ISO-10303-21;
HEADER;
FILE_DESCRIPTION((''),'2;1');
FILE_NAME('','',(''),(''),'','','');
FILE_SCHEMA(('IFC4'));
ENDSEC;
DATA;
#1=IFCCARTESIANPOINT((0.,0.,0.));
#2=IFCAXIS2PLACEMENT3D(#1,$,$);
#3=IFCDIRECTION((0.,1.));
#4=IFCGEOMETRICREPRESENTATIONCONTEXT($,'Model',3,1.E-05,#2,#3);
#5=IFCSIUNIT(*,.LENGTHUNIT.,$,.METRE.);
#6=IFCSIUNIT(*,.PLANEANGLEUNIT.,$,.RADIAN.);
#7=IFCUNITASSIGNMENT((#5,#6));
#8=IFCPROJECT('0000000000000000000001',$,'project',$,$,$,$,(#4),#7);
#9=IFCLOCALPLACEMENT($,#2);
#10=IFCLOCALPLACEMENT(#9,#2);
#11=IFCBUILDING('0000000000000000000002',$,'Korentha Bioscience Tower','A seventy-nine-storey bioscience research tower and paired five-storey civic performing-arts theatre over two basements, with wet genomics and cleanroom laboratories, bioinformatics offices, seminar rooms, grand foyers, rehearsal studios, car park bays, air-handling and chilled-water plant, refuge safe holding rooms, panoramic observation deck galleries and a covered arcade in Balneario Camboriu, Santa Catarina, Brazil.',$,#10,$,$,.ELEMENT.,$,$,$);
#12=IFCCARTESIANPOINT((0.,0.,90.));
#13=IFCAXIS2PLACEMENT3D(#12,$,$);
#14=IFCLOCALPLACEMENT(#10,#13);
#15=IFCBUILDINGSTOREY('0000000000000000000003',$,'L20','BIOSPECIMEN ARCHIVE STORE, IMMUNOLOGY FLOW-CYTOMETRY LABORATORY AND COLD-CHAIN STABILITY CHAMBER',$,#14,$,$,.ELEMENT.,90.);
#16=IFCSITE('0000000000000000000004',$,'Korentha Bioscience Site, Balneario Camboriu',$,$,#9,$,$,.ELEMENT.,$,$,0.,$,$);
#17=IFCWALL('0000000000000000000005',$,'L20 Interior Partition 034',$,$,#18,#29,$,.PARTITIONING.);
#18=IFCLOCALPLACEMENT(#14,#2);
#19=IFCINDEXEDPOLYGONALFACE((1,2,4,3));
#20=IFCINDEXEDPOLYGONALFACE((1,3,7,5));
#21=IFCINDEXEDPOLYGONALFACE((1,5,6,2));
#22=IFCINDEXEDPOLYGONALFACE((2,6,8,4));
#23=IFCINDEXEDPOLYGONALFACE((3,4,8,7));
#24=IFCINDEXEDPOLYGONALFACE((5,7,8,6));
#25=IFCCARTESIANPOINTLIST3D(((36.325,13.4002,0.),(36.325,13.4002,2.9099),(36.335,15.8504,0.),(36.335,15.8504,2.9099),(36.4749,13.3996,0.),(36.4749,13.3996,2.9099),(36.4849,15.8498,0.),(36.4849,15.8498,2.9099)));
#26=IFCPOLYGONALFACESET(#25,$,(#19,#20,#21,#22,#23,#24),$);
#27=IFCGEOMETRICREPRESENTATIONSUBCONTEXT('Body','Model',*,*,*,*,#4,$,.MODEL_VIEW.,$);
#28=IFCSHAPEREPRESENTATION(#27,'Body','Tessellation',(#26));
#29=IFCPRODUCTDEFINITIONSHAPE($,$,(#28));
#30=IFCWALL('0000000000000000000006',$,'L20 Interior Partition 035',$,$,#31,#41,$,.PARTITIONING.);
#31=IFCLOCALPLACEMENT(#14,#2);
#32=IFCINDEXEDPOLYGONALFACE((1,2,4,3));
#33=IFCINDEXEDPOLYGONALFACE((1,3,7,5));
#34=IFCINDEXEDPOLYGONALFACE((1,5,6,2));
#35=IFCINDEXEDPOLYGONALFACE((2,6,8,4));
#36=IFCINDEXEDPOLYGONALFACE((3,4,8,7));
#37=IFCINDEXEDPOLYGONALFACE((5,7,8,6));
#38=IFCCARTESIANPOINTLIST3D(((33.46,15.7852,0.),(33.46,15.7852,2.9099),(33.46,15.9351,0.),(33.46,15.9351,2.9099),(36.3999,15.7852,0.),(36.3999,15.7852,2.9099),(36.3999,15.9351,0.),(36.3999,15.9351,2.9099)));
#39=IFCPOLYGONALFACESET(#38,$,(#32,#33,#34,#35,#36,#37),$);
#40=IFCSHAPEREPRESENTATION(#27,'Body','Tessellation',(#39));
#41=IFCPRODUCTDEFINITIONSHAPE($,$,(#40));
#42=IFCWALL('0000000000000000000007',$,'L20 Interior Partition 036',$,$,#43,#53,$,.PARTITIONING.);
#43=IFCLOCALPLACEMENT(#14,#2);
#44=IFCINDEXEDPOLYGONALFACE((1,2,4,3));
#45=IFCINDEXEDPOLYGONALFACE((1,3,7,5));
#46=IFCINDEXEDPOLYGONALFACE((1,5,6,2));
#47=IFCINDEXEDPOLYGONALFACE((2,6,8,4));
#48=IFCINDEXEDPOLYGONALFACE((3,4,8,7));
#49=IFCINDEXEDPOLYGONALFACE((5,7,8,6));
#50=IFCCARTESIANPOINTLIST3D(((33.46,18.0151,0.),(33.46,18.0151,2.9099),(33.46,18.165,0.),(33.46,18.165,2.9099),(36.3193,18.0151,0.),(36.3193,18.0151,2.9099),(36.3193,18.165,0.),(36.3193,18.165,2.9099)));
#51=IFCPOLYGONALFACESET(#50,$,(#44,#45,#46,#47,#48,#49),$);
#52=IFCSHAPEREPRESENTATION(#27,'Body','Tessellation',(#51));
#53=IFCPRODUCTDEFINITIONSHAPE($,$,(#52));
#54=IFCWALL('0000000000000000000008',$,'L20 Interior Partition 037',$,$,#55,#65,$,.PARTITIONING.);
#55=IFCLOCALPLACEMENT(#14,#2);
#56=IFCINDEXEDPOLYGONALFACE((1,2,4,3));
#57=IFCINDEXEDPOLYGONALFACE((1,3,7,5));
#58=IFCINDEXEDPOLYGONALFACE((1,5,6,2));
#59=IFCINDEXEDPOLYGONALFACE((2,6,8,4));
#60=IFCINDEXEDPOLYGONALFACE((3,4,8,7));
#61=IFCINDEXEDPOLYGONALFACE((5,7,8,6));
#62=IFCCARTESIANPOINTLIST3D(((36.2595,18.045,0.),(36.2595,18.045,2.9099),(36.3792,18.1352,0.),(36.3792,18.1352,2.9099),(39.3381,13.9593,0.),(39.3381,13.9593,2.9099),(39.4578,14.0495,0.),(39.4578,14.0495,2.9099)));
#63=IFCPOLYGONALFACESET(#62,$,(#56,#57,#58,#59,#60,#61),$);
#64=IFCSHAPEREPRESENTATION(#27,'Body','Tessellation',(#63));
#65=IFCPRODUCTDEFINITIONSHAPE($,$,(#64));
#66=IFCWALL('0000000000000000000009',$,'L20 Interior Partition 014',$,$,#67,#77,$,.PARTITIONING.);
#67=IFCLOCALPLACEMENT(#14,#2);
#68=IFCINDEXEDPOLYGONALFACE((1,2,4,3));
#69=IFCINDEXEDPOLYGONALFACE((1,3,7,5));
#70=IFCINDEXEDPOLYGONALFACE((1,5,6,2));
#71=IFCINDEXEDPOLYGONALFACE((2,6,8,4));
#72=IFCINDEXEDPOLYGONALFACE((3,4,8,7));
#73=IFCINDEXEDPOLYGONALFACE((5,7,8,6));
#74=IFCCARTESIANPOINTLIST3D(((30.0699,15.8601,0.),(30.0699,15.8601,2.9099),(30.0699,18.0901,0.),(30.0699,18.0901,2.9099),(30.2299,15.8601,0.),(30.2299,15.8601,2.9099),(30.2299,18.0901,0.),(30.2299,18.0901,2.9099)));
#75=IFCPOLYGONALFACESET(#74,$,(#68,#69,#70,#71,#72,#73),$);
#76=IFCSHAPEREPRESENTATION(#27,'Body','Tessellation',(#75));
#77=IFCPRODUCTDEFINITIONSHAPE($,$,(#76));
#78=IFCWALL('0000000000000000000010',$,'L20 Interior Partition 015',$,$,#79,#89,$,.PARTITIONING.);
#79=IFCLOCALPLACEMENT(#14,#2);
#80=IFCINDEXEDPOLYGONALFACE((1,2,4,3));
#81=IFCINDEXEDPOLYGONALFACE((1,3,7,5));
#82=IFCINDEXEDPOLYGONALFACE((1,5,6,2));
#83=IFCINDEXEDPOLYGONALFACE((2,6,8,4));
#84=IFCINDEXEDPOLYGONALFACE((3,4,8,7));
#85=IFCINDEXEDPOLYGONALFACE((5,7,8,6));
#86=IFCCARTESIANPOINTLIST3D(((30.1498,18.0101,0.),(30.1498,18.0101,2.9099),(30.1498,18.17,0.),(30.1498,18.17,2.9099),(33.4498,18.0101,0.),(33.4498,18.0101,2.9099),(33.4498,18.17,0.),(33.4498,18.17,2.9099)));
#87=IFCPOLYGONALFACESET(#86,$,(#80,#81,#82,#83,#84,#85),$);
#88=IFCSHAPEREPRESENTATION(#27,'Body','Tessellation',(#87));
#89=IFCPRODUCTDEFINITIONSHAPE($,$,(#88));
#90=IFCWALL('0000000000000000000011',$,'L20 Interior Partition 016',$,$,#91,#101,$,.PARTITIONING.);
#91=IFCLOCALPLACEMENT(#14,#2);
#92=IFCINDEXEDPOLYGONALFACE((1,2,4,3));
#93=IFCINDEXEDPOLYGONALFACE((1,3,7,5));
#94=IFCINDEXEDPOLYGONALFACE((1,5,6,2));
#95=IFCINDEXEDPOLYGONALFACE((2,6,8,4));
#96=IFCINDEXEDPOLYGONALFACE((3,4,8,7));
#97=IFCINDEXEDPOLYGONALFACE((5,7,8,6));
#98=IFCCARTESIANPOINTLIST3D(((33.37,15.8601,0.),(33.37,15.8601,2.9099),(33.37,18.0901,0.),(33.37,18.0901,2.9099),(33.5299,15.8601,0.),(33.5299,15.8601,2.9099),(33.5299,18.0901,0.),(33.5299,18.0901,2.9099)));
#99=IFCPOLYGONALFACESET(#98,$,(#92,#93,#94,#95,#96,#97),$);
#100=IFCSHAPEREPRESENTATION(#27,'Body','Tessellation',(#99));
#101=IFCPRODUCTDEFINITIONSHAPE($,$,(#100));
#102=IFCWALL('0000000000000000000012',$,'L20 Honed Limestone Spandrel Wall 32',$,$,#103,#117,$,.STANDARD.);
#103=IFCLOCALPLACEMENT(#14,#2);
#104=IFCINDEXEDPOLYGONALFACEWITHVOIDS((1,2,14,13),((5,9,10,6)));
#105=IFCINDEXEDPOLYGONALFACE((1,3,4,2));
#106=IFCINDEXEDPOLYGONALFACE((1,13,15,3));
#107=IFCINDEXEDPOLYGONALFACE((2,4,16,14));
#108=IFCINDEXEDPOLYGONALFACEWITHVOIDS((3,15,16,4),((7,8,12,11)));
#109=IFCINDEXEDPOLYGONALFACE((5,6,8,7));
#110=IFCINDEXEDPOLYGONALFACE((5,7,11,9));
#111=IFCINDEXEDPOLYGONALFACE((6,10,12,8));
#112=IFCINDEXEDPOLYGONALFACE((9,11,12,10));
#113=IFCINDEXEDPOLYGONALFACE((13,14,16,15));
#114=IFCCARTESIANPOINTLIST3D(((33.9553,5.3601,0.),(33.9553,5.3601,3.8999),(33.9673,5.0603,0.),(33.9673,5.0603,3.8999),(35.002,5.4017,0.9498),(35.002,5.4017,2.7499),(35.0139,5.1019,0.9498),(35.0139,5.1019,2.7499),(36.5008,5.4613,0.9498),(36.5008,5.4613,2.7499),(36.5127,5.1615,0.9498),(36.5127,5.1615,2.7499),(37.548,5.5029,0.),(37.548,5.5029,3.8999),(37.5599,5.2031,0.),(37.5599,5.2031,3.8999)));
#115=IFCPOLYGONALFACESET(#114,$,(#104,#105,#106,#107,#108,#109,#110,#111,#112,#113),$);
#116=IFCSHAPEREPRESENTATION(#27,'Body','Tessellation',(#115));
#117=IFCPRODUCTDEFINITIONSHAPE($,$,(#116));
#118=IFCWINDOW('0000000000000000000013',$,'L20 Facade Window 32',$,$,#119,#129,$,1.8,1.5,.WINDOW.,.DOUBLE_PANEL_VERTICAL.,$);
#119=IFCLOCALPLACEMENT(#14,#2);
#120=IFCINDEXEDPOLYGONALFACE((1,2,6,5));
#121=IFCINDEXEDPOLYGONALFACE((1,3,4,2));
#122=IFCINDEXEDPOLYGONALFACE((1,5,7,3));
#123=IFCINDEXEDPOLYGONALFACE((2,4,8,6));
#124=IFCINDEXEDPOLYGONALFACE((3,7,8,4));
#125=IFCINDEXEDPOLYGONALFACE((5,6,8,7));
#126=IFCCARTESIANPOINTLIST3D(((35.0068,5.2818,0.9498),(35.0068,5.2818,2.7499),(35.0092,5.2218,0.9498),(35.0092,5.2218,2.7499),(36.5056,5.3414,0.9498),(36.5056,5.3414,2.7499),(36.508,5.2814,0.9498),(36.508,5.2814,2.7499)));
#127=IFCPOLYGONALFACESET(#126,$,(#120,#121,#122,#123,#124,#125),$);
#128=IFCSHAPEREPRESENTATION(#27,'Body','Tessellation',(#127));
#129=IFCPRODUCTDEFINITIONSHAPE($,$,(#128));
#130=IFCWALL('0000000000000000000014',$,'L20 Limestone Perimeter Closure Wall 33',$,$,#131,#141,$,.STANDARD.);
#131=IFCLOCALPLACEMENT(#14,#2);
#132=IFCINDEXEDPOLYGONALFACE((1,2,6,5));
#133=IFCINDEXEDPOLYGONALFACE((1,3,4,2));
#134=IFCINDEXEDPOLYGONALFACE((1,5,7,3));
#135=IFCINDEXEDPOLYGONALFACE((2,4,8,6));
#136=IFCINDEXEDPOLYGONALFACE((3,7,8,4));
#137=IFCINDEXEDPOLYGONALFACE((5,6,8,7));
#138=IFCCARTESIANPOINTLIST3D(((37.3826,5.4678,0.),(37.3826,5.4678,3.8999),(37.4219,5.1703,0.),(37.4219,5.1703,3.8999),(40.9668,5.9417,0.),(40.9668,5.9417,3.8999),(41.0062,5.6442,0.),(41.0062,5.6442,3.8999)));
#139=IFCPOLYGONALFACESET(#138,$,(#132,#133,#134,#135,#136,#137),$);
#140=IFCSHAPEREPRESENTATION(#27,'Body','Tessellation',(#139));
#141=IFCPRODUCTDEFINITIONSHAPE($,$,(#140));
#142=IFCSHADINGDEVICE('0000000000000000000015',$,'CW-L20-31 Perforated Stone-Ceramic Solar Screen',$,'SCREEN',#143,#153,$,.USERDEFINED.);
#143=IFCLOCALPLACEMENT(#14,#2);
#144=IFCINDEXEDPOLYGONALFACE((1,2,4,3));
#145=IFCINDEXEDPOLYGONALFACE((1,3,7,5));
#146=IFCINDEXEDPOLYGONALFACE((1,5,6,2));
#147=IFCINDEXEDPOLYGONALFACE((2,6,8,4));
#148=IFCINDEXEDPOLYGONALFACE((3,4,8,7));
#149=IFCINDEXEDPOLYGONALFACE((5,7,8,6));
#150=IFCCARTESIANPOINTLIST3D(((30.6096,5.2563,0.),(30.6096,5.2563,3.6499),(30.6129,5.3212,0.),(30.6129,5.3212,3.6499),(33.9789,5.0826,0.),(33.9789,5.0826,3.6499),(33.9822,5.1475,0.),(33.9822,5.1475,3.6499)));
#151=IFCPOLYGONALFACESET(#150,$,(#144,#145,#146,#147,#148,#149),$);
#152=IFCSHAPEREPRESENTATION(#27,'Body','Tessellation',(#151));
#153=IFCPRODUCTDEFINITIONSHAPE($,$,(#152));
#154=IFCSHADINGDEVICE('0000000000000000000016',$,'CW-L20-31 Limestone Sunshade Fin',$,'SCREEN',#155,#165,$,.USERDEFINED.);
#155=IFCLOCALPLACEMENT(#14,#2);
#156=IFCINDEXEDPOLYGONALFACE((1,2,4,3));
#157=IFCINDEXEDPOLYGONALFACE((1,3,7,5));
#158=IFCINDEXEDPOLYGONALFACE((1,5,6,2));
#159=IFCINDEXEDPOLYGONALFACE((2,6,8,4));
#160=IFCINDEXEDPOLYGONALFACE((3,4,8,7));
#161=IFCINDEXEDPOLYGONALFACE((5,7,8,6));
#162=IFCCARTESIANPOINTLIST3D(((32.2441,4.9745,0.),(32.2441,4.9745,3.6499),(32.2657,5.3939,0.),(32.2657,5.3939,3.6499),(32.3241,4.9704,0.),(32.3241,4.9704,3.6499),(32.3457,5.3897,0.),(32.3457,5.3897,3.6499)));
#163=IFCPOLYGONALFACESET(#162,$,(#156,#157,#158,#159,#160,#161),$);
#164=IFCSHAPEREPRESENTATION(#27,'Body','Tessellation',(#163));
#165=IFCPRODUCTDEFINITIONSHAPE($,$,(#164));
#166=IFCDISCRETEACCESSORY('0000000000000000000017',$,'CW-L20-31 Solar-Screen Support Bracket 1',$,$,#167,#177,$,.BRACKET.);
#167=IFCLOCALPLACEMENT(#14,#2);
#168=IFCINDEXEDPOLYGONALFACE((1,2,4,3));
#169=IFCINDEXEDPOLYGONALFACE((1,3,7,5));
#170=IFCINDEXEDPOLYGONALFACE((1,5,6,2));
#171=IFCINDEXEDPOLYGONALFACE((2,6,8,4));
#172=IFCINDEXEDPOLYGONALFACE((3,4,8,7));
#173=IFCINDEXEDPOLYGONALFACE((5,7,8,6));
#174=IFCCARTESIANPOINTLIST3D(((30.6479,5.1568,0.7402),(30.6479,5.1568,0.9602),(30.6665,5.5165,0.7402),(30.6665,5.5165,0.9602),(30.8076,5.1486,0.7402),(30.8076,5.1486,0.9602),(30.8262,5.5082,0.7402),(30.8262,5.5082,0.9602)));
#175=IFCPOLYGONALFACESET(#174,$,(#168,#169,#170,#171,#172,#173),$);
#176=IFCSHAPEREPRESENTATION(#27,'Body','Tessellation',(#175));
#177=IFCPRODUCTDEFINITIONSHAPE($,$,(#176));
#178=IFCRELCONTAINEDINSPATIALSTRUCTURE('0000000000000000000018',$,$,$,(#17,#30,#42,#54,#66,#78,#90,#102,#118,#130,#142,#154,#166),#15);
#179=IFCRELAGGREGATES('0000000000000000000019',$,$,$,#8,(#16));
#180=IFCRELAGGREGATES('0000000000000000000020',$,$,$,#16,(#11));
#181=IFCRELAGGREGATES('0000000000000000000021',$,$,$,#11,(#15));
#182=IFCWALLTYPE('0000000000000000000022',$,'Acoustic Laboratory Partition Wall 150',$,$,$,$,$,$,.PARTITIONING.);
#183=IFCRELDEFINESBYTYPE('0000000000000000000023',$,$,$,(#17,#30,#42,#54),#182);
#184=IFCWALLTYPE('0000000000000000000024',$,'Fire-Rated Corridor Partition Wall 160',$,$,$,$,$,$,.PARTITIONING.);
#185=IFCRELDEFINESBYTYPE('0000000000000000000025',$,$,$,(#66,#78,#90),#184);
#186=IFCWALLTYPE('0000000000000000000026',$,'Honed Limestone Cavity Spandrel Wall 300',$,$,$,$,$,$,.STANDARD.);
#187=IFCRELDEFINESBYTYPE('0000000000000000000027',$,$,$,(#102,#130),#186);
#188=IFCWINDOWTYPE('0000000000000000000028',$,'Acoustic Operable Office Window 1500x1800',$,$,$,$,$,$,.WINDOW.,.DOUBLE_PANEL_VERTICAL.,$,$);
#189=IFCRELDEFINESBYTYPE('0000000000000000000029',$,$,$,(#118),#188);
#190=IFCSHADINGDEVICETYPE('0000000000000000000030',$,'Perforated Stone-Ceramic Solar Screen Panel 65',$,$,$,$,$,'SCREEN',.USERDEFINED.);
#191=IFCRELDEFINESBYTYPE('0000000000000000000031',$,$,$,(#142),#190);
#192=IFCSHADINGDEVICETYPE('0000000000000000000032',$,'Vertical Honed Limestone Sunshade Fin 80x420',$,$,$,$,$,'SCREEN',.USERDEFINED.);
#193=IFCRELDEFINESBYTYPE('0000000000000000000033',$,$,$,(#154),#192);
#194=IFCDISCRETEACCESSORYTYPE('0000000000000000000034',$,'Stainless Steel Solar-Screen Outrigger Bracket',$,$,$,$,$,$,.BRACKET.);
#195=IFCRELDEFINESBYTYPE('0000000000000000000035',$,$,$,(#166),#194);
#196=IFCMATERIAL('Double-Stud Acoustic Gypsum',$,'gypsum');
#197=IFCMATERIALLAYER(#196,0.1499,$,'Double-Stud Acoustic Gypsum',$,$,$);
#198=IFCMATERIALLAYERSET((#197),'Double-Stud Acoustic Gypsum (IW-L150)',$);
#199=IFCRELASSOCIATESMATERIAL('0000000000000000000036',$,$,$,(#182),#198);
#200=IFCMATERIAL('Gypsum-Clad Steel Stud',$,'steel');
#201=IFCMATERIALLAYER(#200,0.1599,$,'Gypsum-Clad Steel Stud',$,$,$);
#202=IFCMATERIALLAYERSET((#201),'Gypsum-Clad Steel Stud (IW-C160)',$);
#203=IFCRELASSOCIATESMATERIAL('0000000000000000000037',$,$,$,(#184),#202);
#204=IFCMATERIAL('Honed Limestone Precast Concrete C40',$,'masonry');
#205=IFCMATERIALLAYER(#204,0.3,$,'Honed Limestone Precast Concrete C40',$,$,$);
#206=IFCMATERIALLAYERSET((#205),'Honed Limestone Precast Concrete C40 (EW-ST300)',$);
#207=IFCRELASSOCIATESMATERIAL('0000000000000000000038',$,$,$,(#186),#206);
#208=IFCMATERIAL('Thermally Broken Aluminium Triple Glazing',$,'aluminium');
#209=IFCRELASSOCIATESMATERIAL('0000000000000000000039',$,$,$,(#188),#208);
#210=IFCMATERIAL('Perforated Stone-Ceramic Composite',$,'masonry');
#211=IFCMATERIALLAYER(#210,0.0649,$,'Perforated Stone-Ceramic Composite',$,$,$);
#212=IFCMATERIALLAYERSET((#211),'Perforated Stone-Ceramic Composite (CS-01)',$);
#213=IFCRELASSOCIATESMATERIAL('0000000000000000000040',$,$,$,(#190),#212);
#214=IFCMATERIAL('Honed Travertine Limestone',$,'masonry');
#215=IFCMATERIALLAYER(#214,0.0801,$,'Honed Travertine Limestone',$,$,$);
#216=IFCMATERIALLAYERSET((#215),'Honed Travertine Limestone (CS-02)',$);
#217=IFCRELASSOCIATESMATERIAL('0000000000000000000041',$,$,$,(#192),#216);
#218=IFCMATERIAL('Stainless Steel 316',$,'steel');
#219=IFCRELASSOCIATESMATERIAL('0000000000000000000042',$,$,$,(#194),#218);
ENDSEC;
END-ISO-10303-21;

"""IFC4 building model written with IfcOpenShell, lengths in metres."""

from ifc_helpers import new_model, si_unit, direction, frame, frame_2d, origin, origin_2d, place, context, subcontext, project, spatial, rectangle, extrude, material, layer, layer_set, type_object, element, fill, save


model = new_model("IFC4")

# Units and contexts
model_context = context("Model", 3, precision=1e-05, world=origin(), true_north=direction((0.0, 1.0)))
body_context = subcontext(model_context, "Body", "Model", "MODEL_VIEW")
ifc_project = project(units=[si_unit("LENGTHUNIT", "METRE"), si_unit("PLANEANGLEUNIT", "RADIAN")], contexts=[model_context])

# Site, building, storey
site_placement = place(None, origin())
site = spatial("IfcSite", under=ifc_project, at=site_placement, Name="Korentha Bioscience Site, Balneario Camboriu", CompositionType="ELEMENT", RefElevation=0.0)
building_placement = place(site_placement, origin())
building = spatial("IfcBuilding", under=site, at=building_placement, Name="Korentha Bioscience Tower", Description="A seventy-nine-storey bioscience research tower and paired five-storey civic performing-arts theatre over two basements, with wet genomics and cleanroom laboratories, bioinformatics offices, seminar rooms, grand foyers, rehearsal studios, car park bays, air-handling and chilled-water plant, refuge safe holding rooms, panoramic observation deck galleries and a covered arcade in Balneario Camboriu, Santa Catarina, Brazil.", CompositionType="ELEMENT")
storey_placement = place(building_placement, frame((0.0, 0.0, 90.0)))
storey = spatial("IfcBuildingStorey", under=building, at=storey_placement, Name="L20", Description="BIOSPECIMEN ARCHIVE STORE, IMMUNOLOGY FLOW-CYTOMETRY LABORATORY AND COLD-CHAIN STABILITY CHAMBER", CompositionType="ELEMENT", Elevation=90.0)

# Walls
ifc_material_1 = material(Name="Double-Stud Acoustic Gypsum", Category="gypsum")
ifc_layer_1 = layer(ifc_material_1, 0.1499, Name="Double-Stud Acoustic Gypsum")
ifc_layer_set_1 = layer_set([ifc_layer_1], Name="Double-Stud Acoustic Gypsum (IW-L150)")
wall_type_1 = type_object("IfcWallType", Name="Acoustic Laboratory Partition Wall 150", PredefinedType="PARTITIONING", material=ifc_layer_set_1)
wall_1_placement = place(storey_placement, frame((36.3999, 13.3999, 0.0), z_axis=(0.0, 0.0, 1.0), x_axis=(0.004085, 0.999992, 0.0)))
element("IfcWall", 1, at=wall_1_placement, inside=storey, type_object=wall_type_1, Name="L20 Interior Partition 034", PredefinedType="PARTITIONING", context=body_context, shape_type="SweptSolid", body=[
    extrude(rectangle(XDim=2.4502, YDim=0.1499, at=frame_2d((1.2251, 0.0))), origin(), (0.0, 0.0, 1.0), 2.9099),
])
wall_2_placement = place(storey_placement, frame((36.3999, 15.8601, 0.0), z_axis=(0.0, 0.0, 1.0), x_axis=(-1.0, 0.0, 0.0)))
element("IfcWall", 2, at=wall_2_placement, inside=storey, type_object=wall_type_1, Name="L20 Interior Partition 035", PredefinedType="PARTITIONING", context=body_context, shape_type="SweptSolid", body=[
    extrude(rectangle(XDim=2.9399, YDim=0.1499, at=frame_2d((1.47, 0.0))), origin(), (0.0, 0.0, 1.0), 2.9099),
])
wall_3_placement = place(storey_placement, frame((33.46, 18.0901, 0.0), z_axis=(0.0, 0.0, 1.0), x_axis=(1.0, 0.0, 0.0)))
element("IfcWall", 3, at=wall_3_placement, inside=storey, type_object=wall_type_1, Name="L20 Interior Partition 036", PredefinedType="PARTITIONING", context=body_context, shape_type="SweptSolid", body=[
    extrude(rectangle(XDim=2.8594, YDim=0.1499, at=frame_2d((1.4297, 0.0))), origin(), (0.0, 0.0, 1.0), 2.9099),
])
wall_4_placement = place(storey_placement, frame((36.3193, 18.0901, 0.0), z_axis=(0.0, 0.0, 1.0), x_axis=(0.601793, -0.798652, 0.0)))
element("IfcWall", 4, at=wall_4_placement, inside=storey, type_object=wall_type_1, Name="L20 Interior Partition 037", PredefinedType="PARTITIONING", context=body_context, shape_type="SweptSolid", body=[
    extrude(rectangle(XDim=5.1157, YDim=0.1499, at=frame_2d((2.5579, 0.0))), origin(), (0.0, 0.0, 1.0), 2.9099),
])

# Shared definitions
ifc_material_2 = material(Name="Gypsum-Clad Steel Stud", Category="steel")
ifc_layer_2 = layer(ifc_material_2, 0.1599, Name="Gypsum-Clad Steel Stud")
ifc_layer_set_2 = layer_set([ifc_layer_2], Name="Gypsum-Clad Steel Stud (IW-C160)")
wall_type_2 = type_object("IfcWallType", Name="Fire-Rated Corridor Partition Wall 160", PredefinedType="PARTITIONING", material=ifc_layer_set_2)

# Walls
wall_5_placement = place(storey_placement, frame((30.1499, 15.8601, 0.0), z_axis=(0.0, 0.0, 1.0), x_axis=(0.0, 1.0, 0.0)))
element("IfcWall", 5, at=wall_5_placement, inside=storey, type_object=wall_type_2, Name="L20 Interior Partition 014", PredefinedType="PARTITIONING", context=body_context, shape_type="SweptSolid", body=[
    extrude(rectangle(XDim=2.23, YDim=0.1599, at=frame_2d((1.115, 0.0))), origin(), (0.0, 0.0, 1.0), 2.9099),
])
wall_6_placement = place(storey_placement, frame((30.1499, 18.0901, 0.0), z_axis=(0.0, 0.0, 1.0), x_axis=(1.0, 0.0, 0.0)))
element("IfcWall", 6, at=wall_6_placement, inside=storey, type_object=wall_type_2, Name="L20 Interior Partition 015", PredefinedType="PARTITIONING", context=body_context, shape_type="SweptSolid", body=[
    extrude(rectangle(XDim=3.3, YDim=0.1599, at=frame_2d((1.6499, 0.0))), origin(), (0.0, 0.0, 1.0), 2.9099),
])
wall_7_placement = place(storey_placement, frame((33.45, 18.0901, 0.0), z_axis=(0.0, 0.0, 1.0), x_axis=(0.0, -1.0, 0.0)))
element("IfcWall", 7, at=wall_7_placement, inside=storey, type_object=wall_type_2, Name="L20 Interior Partition 016", PredefinedType="PARTITIONING", context=body_context, shape_type="SweptSolid", body=[
    extrude(rectangle(XDim=2.23, YDim=0.1599, at=frame_2d((1.115, 0.0))), origin(), (0.0, 0.0, 1.0), 2.9099),
])

# Wall, opening, window
ifc_material_3 = material(Name="Honed Limestone Precast Concrete C40", Category="masonry")
ifc_layer_3 = layer(ifc_material_3, 0.3, Name="Honed Limestone Precast Concrete C40")
ifc_layer_set_3 = layer_set([ifc_layer_3], Name="Honed Limestone Precast Concrete C40 (EW-ST300)")
wall_type_3 = type_object("IfcWallType", Name="Honed Limestone Cavity Spandrel Wall 300", PredefinedType="STANDARD", material=ifc_layer_set_3)
wall_8_placement = place(storey_placement, frame((33.9612, 5.2102, 0.0), z_axis=(0.0, 0.0, 1.0), x_axis=(0.999211, 0.039724, 0.0)))
wall_8 = element("IfcWall", 8, at=wall_8_placement, inside=storey, type_object=wall_type_3, Name="L20 Honed Limestone Spandrel Wall 32", PredefinedType="STANDARD", context=body_context, shape_type="SweptSolid", body=[
    extrude(rectangle(XDim=3.5955, YDim=0.3, at=frame_2d((1.7979, 0.0))), origin(), (0.0, 0.0, 1.0), 3.8999),
])
opening_1_placement = place(wall_8_placement, frame((1.0476, 0.0, 0.95)))
opening_1 = element("IfcOpeningElement", 9, at=opening_1_placement, cuts=wall_8, PredefinedType="OPENING", context=body_context, shape_type="SweptSolid", body=[
    extrude(rectangle(XDim=1.5, YDim=1.8, at=frame_2d((0.75, 0.8999))), frame((0.0, 0.165, 0.0), z_axis=(0.0, -1.0, 0.0), x_axis=(1.0, 0.0, 0.0)), (0.0, 0.0, 1.0), 0.3298),
])
ifc_material_4 = material(Name="Thermally Broken Aluminium Triple Glazing", Category="aluminium")
window_type = type_object("IfcWindowType", Name="Acoustic Operable Office Window 1500x1800", PartitioningType="DOUBLE_PANEL_VERTICAL", PredefinedType="WINDOW", material=ifc_material_4)
window_placement = place(opening_1_placement, origin())
window = element("IfcWindow", 10, at=window_placement, inside=storey, type_object=window_type, Name="L20 Facade Window 32", OverallHeight=1.8, OverallWidth=1.5, PartitioningType="DOUBLE_PANEL_VERTICAL", PredefinedType="WINDOW", context=body_context, shape_type="SweptSolid", body=[
    extrude(rectangle(XDim=1.5, YDim=1.8, at=frame_2d((0.75, 0.8999))), frame((0.0, 0.03, 0.0), z_axis=(0.0, -1.0, 0.0), x_axis=(1.0, 0.0, 0.0)), (0.0, 0.0, 1.0), 0.0601),
])
fill(opening_1, window)

# Wall
wall_9_placement = place(storey_placement, frame((37.4023, 5.3191, 0.0), z_axis=(0.0, 0.0, 1.0), x_axis=(0.991373, 0.131071, 0.0)))
element("IfcWall", 11, at=wall_9_placement, inside=storey, type_object=wall_type_3, Name="L20 Limestone Perimeter Closure Wall 33", PredefinedType="STANDARD", context=body_context, shape_type="SweptSolid", body=[
    extrude(rectangle(XDim=3.6155, YDim=0.3, at=frame_2d((1.8076, 0.0))), origin(), (0.0, 0.0, 1.0), 3.8999),
])

# Shading devices
ifc_material_5 = material(Name="Perforated Stone-Ceramic Composite", Category="masonry")
ifc_layer_4 = layer(ifc_material_5, 0.0649, Name="Perforated Stone-Ceramic Composite")
ifc_layer_set_4 = layer_set([ifc_layer_4], Name="Perforated Stone-Ceramic Composite (CS-01)")
shading_device_type_1 = type_object("IfcShadingDeviceType", Name="Perforated Stone-Ceramic Solar Screen Panel 65", ElementType="SCREEN", PredefinedType="USERDEFINED", material=ifc_layer_set_4)
shading_device_1_placement = place(storey_placement, frame((32.2959, 5.2019, 0.0), z_axis=(0.0, 0.0, 1.0), x_axis=(0.998673, -0.051495, 0.0)))
element("IfcShadingDevice", 12, at=shading_device_1_placement, inside=storey, type_object=shading_device_type_1, Name="CW-L20-31 Perforated Stone-Ceramic Solar Screen", ObjectType="SCREEN", PredefinedType="USERDEFINED", context=body_context, shape_type="SweptSolid", body=[
    extrude(rectangle(XDim=3.3738, YDim=0.0649, at=origin_2d()), origin(), (0.0, 0.0, 1.0), 3.6499),
])
ifc_material_6 = material(Name="Honed Travertine Limestone", Category="masonry")
ifc_layer_5 = layer(ifc_material_6, 0.0801, Name="Honed Travertine Limestone")
ifc_layer_set_5 = layer_set([ifc_layer_5], Name="Honed Travertine Limestone (CS-02)")
shading_device_type_2 = type_object("IfcShadingDeviceType", Name="Vertical Honed Limestone Sunshade Fin 80x420", ElementType="SCREEN", PredefinedType="USERDEFINED", material=ifc_layer_set_5)
shading_device_2_placement = place(storey_placement, frame((32.2949, 5.1821, 0.0), z_axis=(0.0, 0.0, 1.0), x_axis=(0.998673, -0.051495, 0.0)))
element("IfcShadingDevice", 13, at=shading_device_2_placement, inside=storey, type_object=shading_device_type_2, Name="CW-L20-31 Limestone Sunshade Fin", ObjectType="SCREEN", PredefinedType="USERDEFINED", context=body_context, shape_type="SweptSolid", body=[
    extrude(rectangle(XDim=0.0801, YDim=0.4199, at=origin_2d()), origin(), (0.0, 0.0, 1.0), 3.6499),
])

# Discrete accessory
ifc_material_7 = material(Name="Stainless Steel 316", Category="steel")
discrete_accessory_type = type_object("IfcDiscreteAccessoryType", Name="Stainless Steel Solar-Screen Outrigger Bracket", PredefinedType="BRACKET", material=ifc_material_7)
for number, where, z_axis, x_axis, name in (
    (14, (30.7371, 5.3325, 0.7402), (0.0, 0.0, 1.0), (0.998673, -0.051495, 0.0), "CW-L20-31 Solar-Screen Support Bracket 1"),
):
    element("IfcDiscreteAccessory", number, at=place(storey_placement, frame(where, z_axis=z_axis, x_axis=x_axis)), inside=storey, type_object=discrete_accessory_type, Name=name, PredefinedType="BRACKET", context=body_context, shape_type="SweptSolid", body=[
        extrude(rectangle(XDim=0.1599, YDim=0.3601, at=origin_2d()), origin(), (0.0, 0.0, 1.0), 0.22),
    ])

save(model, "model.ifc")
